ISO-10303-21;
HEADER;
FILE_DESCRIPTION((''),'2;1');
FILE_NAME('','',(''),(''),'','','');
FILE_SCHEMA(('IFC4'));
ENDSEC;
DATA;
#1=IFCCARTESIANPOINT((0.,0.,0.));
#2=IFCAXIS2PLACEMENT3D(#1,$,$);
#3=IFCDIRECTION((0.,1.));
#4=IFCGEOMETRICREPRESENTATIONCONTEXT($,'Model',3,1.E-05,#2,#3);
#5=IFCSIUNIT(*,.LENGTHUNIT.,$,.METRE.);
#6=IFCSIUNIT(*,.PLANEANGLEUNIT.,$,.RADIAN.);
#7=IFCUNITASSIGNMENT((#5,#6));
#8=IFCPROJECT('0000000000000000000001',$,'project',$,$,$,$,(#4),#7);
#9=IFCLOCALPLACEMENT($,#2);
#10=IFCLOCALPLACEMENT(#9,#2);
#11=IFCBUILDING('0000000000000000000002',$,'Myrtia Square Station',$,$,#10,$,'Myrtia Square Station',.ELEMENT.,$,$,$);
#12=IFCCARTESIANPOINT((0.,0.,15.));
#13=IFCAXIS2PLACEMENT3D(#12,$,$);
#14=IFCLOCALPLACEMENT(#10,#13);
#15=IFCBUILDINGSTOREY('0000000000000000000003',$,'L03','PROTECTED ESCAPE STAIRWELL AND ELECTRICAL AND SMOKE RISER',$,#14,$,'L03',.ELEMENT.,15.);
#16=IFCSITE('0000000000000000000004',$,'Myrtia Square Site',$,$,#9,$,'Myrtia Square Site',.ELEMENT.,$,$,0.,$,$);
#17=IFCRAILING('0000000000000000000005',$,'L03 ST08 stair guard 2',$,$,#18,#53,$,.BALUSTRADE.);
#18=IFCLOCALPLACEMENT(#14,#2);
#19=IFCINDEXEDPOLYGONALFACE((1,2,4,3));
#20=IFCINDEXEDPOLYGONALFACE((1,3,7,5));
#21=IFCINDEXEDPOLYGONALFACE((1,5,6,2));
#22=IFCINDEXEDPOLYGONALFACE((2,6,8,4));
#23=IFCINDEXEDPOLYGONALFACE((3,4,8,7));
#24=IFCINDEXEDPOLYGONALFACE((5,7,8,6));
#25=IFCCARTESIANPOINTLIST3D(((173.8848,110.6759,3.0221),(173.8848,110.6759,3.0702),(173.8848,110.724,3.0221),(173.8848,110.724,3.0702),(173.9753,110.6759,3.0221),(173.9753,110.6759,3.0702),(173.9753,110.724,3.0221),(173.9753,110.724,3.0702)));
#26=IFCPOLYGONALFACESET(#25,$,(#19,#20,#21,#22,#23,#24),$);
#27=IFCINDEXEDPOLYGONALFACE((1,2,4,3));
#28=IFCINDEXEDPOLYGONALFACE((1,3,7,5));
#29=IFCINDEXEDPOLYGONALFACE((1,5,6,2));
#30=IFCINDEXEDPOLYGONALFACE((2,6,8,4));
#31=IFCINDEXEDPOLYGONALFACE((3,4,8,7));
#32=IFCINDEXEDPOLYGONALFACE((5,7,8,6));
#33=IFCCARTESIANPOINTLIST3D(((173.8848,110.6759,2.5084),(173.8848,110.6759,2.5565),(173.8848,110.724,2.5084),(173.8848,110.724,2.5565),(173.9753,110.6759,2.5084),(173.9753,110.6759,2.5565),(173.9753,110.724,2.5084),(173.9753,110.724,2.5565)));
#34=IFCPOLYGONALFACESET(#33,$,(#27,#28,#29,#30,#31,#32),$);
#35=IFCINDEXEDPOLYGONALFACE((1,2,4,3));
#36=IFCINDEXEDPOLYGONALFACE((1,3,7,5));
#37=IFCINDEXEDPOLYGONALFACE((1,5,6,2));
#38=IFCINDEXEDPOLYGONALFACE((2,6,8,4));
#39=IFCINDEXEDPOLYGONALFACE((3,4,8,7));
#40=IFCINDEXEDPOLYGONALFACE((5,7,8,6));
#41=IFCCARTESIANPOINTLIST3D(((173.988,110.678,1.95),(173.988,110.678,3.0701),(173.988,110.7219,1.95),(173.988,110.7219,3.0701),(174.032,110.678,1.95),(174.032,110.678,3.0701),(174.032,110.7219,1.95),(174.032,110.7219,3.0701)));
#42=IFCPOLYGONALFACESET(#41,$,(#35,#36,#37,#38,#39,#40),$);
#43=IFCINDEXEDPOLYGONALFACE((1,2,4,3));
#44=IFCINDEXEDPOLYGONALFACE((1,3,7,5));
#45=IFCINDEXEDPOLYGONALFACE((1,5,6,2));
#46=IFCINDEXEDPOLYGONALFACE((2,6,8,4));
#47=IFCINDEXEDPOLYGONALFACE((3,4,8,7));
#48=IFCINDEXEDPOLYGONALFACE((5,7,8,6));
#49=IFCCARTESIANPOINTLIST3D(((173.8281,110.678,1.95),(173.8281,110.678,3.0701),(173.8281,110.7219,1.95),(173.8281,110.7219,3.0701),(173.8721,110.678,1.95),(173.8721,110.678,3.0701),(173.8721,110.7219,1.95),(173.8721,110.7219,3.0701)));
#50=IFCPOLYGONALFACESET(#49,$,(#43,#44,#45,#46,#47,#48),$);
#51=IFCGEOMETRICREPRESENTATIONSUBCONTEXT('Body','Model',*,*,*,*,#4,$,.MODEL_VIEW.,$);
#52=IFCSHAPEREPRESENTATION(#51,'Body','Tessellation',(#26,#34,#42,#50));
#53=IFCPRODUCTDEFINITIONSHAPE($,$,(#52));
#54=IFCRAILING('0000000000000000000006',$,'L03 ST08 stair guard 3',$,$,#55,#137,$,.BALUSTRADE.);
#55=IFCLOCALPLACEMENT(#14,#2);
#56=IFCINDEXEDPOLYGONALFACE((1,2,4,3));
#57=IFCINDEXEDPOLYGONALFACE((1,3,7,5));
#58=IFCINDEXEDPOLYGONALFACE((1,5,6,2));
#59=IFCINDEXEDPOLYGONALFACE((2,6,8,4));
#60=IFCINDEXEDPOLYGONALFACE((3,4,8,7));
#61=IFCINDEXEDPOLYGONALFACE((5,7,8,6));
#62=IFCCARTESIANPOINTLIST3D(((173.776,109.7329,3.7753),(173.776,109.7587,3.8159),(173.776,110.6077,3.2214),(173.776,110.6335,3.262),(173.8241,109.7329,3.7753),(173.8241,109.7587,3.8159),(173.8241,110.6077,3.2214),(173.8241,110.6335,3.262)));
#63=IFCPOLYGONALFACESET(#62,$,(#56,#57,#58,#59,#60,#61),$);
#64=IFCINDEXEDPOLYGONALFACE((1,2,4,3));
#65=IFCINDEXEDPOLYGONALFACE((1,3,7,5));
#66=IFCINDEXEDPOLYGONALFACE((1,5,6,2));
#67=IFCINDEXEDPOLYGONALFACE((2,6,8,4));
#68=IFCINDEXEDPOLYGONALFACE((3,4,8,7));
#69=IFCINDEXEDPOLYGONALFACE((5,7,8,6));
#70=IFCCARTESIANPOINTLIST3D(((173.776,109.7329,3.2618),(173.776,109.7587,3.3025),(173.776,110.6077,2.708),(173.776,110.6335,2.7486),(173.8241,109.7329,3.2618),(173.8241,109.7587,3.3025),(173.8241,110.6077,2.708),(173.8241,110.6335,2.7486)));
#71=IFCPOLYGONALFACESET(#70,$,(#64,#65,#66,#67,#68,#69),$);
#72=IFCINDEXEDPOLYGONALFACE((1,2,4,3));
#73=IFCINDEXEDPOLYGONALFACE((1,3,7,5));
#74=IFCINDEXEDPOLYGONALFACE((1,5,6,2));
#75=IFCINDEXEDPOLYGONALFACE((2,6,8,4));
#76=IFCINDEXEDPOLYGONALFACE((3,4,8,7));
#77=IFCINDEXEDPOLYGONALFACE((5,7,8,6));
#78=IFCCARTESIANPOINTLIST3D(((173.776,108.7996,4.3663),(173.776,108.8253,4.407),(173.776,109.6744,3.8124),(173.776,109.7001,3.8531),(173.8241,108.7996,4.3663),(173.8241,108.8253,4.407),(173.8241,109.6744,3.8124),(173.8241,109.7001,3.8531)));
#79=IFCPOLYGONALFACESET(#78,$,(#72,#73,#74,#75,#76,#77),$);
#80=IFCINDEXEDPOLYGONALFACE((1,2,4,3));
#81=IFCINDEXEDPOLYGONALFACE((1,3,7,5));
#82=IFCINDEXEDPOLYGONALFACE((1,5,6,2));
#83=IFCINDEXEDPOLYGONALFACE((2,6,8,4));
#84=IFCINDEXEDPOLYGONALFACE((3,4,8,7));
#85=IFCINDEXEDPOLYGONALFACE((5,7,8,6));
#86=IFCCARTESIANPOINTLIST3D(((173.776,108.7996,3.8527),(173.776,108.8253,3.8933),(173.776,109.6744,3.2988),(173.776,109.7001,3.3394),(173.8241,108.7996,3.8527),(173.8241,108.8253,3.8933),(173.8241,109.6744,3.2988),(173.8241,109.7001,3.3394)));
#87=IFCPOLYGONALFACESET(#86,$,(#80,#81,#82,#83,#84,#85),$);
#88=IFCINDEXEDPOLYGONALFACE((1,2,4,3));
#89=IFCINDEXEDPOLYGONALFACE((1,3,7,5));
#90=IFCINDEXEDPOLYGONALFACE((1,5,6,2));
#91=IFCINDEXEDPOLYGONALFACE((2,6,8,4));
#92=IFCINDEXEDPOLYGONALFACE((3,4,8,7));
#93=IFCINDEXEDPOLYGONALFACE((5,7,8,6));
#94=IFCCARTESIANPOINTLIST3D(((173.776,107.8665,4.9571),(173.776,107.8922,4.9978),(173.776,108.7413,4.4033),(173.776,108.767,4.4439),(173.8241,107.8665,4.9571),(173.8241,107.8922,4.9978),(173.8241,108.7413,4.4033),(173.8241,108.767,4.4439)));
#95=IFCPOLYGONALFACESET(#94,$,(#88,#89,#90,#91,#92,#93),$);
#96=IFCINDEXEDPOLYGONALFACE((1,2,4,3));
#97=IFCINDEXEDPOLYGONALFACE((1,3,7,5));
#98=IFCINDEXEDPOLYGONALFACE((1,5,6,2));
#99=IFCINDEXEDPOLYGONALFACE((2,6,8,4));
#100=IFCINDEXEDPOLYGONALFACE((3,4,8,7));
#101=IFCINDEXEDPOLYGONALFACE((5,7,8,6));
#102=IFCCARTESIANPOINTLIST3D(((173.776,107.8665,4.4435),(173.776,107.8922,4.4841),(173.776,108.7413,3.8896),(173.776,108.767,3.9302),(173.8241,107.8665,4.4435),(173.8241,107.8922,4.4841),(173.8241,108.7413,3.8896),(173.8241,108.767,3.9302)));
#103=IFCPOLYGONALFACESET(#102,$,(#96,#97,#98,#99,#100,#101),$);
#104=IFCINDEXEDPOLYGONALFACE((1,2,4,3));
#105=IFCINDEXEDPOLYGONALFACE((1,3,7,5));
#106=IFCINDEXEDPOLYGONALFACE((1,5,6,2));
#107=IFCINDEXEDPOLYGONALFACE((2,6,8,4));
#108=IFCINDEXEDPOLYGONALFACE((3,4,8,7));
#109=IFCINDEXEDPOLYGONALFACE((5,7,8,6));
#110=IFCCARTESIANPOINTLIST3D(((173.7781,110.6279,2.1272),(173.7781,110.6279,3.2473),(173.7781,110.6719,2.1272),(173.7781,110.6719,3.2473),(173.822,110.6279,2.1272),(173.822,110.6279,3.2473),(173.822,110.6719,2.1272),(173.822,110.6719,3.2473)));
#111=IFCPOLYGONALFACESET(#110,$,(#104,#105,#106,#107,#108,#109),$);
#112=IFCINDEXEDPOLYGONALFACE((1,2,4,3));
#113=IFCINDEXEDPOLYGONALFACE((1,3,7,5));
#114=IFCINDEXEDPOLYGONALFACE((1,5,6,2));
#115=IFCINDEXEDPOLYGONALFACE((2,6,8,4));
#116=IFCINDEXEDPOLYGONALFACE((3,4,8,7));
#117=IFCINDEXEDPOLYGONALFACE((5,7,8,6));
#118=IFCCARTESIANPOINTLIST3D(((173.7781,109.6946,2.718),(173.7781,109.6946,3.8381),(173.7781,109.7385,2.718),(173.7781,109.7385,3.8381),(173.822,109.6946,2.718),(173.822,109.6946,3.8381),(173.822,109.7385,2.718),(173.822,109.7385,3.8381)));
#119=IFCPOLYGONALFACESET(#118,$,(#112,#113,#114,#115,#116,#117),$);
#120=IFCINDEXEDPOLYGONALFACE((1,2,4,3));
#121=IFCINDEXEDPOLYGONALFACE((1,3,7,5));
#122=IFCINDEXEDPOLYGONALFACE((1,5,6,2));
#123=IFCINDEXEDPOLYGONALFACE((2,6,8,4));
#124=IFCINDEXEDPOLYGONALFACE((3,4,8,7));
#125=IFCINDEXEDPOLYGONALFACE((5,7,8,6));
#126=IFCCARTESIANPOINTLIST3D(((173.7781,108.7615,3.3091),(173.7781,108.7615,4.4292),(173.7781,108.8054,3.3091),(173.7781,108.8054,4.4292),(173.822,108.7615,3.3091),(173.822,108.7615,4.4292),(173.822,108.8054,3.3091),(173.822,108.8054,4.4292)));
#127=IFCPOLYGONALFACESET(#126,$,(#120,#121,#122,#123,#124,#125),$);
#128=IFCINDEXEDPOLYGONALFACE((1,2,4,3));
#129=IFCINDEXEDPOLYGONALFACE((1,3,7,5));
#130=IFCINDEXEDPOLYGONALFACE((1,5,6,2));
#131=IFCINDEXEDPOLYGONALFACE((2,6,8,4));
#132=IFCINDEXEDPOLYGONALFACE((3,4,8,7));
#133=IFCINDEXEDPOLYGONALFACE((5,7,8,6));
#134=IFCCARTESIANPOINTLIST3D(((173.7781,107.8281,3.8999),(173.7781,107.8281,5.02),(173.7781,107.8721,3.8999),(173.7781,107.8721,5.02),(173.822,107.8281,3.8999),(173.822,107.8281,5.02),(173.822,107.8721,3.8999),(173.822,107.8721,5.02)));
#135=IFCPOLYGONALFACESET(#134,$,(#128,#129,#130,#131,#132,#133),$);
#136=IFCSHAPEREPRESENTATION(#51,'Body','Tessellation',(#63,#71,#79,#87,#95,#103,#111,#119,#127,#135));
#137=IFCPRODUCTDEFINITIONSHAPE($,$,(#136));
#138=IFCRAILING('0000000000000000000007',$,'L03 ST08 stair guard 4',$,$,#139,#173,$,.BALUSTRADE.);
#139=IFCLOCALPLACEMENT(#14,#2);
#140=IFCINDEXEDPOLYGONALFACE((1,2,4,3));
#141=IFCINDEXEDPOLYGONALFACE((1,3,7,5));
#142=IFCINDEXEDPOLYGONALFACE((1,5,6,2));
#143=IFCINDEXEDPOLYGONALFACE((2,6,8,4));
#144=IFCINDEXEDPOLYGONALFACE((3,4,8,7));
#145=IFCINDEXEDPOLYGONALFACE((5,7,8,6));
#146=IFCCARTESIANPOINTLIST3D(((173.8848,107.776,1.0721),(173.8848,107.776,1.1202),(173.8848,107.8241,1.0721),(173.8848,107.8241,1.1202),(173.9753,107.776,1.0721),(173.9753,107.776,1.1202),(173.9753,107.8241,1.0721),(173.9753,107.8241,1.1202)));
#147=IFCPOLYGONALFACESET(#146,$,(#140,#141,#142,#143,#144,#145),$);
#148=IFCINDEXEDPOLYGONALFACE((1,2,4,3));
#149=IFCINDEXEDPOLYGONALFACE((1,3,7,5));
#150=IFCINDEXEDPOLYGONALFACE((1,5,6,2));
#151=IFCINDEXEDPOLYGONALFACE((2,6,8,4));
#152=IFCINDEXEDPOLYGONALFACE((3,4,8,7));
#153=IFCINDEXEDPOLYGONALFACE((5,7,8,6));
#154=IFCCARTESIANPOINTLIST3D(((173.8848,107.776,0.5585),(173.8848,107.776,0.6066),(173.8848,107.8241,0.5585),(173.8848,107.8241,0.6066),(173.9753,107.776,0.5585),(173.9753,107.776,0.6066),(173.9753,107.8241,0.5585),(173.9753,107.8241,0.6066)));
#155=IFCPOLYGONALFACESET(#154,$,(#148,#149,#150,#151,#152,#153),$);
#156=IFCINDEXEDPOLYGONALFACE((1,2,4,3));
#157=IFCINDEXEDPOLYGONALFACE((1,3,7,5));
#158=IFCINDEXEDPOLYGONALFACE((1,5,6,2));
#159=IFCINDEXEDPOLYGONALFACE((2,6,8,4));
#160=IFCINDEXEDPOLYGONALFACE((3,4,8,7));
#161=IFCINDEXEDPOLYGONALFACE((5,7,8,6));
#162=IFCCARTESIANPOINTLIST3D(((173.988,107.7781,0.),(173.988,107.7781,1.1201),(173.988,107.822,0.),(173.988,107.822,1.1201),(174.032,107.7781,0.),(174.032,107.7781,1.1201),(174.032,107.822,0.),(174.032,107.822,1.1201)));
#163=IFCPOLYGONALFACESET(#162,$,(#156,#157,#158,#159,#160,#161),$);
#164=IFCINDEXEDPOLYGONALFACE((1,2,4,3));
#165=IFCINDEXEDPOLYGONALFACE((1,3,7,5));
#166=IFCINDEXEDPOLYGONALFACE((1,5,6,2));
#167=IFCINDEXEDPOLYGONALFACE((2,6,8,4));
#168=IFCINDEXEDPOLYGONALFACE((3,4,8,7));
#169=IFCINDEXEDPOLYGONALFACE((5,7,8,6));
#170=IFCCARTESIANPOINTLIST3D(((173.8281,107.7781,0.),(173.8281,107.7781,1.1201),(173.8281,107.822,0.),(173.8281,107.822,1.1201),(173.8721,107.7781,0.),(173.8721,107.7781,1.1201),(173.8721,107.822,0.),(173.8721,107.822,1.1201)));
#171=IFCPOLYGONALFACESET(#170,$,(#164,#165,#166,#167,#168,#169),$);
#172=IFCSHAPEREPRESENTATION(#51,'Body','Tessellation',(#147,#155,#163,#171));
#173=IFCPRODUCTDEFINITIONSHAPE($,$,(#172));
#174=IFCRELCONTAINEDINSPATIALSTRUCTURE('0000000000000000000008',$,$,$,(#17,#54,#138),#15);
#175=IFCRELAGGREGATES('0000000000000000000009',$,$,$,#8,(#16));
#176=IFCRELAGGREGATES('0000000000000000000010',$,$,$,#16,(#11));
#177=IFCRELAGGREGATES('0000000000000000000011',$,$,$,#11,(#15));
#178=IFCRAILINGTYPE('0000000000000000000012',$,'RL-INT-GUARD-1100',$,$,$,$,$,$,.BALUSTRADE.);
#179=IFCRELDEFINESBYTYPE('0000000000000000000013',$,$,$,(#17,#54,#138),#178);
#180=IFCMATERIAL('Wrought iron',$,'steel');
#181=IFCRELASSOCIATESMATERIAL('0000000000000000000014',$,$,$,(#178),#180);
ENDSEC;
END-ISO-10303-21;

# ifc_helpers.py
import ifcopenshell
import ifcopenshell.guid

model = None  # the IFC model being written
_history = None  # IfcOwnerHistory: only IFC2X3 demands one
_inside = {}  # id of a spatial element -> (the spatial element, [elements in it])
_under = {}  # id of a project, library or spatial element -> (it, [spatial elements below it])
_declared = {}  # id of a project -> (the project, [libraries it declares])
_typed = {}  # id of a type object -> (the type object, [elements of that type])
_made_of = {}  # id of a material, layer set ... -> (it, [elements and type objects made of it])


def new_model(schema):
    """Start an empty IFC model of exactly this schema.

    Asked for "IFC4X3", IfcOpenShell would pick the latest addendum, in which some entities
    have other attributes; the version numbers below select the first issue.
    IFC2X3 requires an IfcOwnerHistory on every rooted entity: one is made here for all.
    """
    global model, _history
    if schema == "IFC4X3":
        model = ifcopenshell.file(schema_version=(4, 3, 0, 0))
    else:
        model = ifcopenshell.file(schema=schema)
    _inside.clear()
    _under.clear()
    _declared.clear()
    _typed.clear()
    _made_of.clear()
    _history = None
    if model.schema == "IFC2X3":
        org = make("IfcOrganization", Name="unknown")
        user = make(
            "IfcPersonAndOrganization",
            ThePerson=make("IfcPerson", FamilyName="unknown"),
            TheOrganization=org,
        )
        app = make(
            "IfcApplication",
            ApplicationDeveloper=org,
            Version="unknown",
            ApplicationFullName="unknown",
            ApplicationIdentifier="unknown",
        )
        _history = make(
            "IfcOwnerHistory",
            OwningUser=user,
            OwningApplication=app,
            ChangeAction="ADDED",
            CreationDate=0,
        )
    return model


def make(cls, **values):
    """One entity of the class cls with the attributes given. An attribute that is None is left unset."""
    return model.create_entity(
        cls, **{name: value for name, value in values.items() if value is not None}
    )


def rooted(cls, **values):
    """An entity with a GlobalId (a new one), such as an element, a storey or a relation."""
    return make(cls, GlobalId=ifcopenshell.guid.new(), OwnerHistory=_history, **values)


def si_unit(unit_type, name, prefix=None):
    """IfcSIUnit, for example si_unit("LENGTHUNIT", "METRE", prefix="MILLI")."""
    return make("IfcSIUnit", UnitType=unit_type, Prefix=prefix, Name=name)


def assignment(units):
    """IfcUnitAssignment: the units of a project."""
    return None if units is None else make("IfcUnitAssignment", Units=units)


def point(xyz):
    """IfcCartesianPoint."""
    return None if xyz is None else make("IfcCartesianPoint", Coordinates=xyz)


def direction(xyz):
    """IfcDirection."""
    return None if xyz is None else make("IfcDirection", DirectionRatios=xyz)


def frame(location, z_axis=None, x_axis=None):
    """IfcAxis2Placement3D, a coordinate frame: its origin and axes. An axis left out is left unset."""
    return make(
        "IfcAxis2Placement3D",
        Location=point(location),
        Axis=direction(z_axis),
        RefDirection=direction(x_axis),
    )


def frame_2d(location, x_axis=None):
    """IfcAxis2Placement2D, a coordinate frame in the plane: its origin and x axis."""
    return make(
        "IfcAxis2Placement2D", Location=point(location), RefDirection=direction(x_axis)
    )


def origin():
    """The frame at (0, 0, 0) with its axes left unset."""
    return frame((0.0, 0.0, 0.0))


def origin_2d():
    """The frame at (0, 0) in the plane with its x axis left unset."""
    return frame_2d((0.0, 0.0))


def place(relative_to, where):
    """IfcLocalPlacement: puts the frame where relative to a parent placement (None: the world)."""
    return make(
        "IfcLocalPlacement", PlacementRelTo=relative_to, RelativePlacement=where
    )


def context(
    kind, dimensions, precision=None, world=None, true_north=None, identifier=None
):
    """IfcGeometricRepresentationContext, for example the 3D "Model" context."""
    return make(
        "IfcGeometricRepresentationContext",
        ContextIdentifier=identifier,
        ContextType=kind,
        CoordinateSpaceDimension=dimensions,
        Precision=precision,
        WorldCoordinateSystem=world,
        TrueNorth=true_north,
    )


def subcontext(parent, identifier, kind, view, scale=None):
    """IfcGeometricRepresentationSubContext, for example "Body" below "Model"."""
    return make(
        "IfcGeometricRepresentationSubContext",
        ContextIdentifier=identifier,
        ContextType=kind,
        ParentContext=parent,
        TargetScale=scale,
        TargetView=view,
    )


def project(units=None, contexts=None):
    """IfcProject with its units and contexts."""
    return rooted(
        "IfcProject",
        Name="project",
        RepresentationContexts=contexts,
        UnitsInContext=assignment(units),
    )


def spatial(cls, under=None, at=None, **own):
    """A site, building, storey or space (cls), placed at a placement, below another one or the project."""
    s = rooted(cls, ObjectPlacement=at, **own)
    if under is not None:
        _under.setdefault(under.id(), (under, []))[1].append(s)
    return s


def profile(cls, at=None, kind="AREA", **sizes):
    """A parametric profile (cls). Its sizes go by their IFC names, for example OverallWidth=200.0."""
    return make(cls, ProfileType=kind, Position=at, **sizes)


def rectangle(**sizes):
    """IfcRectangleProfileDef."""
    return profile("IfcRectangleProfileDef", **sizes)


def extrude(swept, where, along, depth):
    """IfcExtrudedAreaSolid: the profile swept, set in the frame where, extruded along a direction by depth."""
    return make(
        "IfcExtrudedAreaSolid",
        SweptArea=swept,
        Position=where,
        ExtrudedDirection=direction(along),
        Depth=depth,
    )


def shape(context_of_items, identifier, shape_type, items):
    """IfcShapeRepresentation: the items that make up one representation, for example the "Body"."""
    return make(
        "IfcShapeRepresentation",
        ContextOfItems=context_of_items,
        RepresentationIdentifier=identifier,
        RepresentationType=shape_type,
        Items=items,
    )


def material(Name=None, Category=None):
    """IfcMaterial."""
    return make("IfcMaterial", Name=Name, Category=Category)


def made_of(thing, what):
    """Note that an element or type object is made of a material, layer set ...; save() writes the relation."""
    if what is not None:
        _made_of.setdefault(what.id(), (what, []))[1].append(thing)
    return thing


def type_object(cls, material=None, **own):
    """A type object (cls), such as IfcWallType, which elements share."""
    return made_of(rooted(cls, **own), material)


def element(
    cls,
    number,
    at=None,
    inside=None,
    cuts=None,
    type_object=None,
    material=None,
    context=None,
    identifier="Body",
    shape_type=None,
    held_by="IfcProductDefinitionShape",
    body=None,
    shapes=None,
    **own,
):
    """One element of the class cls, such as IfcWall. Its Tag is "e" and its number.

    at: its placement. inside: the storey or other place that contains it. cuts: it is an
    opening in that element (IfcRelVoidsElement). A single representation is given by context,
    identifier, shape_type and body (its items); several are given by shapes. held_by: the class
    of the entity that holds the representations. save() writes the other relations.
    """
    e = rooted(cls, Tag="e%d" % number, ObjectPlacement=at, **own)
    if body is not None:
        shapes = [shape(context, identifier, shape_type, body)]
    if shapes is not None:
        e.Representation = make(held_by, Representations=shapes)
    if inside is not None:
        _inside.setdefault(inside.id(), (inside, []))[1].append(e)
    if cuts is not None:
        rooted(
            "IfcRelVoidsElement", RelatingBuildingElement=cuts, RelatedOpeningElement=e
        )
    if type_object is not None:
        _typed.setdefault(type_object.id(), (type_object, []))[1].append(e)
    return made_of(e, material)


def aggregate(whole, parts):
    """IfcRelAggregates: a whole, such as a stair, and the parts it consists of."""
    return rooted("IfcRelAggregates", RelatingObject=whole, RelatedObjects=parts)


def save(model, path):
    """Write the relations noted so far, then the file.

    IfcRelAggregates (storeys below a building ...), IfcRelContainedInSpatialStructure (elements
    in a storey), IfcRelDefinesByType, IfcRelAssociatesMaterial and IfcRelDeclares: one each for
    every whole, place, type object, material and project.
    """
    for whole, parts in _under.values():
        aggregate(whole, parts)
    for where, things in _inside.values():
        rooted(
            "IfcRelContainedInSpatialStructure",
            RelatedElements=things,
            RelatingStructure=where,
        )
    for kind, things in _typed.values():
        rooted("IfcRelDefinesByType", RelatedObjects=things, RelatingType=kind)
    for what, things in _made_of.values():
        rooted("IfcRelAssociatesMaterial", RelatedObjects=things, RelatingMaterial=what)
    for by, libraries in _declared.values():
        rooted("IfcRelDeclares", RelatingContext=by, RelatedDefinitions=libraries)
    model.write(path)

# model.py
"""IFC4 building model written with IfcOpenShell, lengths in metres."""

from ifc_helpers import new_model, si_unit, direction, frame, origin, origin_2d, place, context, subcontext, project, spatial, rectangle, extrude, material, type_object, element, save


model = new_model("IFC4")

# Units and contexts
model_context = context("Model", 3, precision=1e-05, world=origin(), true_north=direction((0.0, 1.0)))
body_context = subcontext(model_context, "Body", "Model", "MODEL_VIEW")
ifc_project = project(units=[si_unit("LENGTHUNIT", "METRE"), si_unit("PLANEANGLEUNIT", "RADIAN")], contexts=[model_context])

# Site, building, storey
site_placement = place(None, origin())
site = spatial("IfcSite", under=ifc_project, at=site_placement, Name="Myrtia Square Site", LongName="Myrtia Square Site", CompositionType="ELEMENT", RefElevation=0.0)
building_placement = place(site_placement, origin())
building = spatial("IfcBuilding", under=site, at=building_placement, Name="Myrtia Square Station", LongName="Myrtia Square Station", CompositionType="ELEMENT")
storey_placement = place(building_placement, frame((0.0, 0.0, 15.0)))
storey = spatial("IfcBuildingStorey", under=building, at=storey_placement, Name="L03", Description="PROTECTED ESCAPE STAIRWELL AND ELECTRICAL AND SMOKE RISER", LongName="L03", CompositionType="ELEMENT", Elevation=15.0)

# Railings
ifc_material_1 = material(Name="Wrought iron", Category="steel")
railing_type_1 = type_object("IfcRailingType", Name="RL-INT-GUARD-1100", PredefinedType="BALUSTRADE", material=ifc_material_1)
railing_1_placement = place(storey_placement, frame((174.01, 110.7, 1.95)))
element("IfcRailing", 1, at=railing_1_placement, inside=storey, type_object=railing_type_1, Name="L03 ST08 stair guard 2", PredefinedType="BALUSTRADE", context=body_context, shape_type="SweptSolid", body=[
    extrude(rectangle(XDim=0.0481, YDim=0.0481, at=origin_2d()), frame((-0.0347, 0.0, 1.0962), z_axis=(-1.0, 0.0, 0.0), x_axis=(0.0, -1.0, 0.0)), (0.0, 0.0, 1.0), 0.0906),
    extrude(rectangle(XDim=0.0481, YDim=0.0481, at=origin_2d()), frame((-0.0347, 0.0, 0.5825), z_axis=(-1.0, 0.0, 0.0), x_axis=(0.0, -1.0, 0.0)), (0.0, 0.0, 1.0), 0.0906),
    extrude(rectangle(XDim=0.0439, YDim=0.0439, at=origin_2d()), origin(), (0.0, 0.0, 1.0), 1.1201),
    extrude(rectangle(XDim=0.0439, YDim=0.0439, at=origin_2d()), frame((-0.1599, 0.0, 0.0)), (0.0, 0.0, 1.0), 1.1201),
])
railing_2_placement = place(storey_placement, frame((173.8, 110.6499, 2.1272)))
element("IfcRailing", 2, at=railing_2_placement, inside=storey, type_object=railing_type_1, Name="L03 ST08 stair guard 3", PredefinedType="BALUSTRADE", context=body_context, shape_type="SweptSolid", body=[
    extrude(rectangle(XDim=0.0481, YDim=0.0481, at=origin_2d()), frame((0.0, -0.0293, 1.1145), z_axis=(0.0, -0.844888, 0.534943), x_axis=(1.0, 0.0, 0.0)), (0.0, 0.0, 1.0), 1.0354),
    extrude(rectangle(XDim=0.0481, YDim=0.0481, at=origin_2d()), frame((0.0, -0.0293, 0.6011), z_axis=(0.0, -0.844888, 0.534943), x_axis=(1.0, 0.0, 0.0)), (0.0, 0.0, 1.0), 1.0354),
    extrude(rectangle(XDim=0.0481, YDim=0.0481, at=origin_2d()), frame((0.0, -0.9626, 1.7056), z_axis=(0.0, -0.844888, 0.534943), x_axis=(1.0, 0.0, 0.0)), (0.0, 0.0, 1.0), 1.0354),
    extrude(rectangle(XDim=0.0481, YDim=0.0481, at=origin_2d()), frame((0.0, -0.9626, 1.1919), z_axis=(0.0, -0.844888, 0.534943), x_axis=(1.0, 0.0, 0.0)), (0.0, 0.0, 1.0), 1.0354),
    extrude(rectangle(XDim=0.0481, YDim=0.0481, at=origin_2d()), frame((0.0, -1.8958, 2.2964), z_axis=(0.0, -0.844888, 0.534943), x_axis=(1.0, 0.0, 0.0)), (0.0, 0.0, 1.0), 1.0354),
    extrude(rectangle(XDim=0.0481, YDim=0.0481, at=origin_2d()), frame((0.0, -1.8958, 1.7827), z_axis=(0.0, -0.844888, 0.534943), x_axis=(1.0, 0.0, 0.0)), (0.0, 0.0, 1.0), 1.0354),
    extrude(rectangle(XDim=0.0439, YDim=0.0439, at=origin_2d()), origin(), (0.0, 0.0, 1.0), 1.1201),
    extrude(rectangle(XDim=0.0439, YDim=0.0439, at=origin_2d()), frame((0.0, -0.9333, 0.5908)), (0.0, 0.0, 1.0), 1.1201),
    extrude(rectangle(XDim=0.0439, YDim=0.0439, at=origin_2d()), frame((0.0, -1.8665, 1.1819)), (0.0, 0.0, 1.0), 1.1201),
    extrude(rectangle(XDim=0.0439, YDim=0.0439, at=origin_2d()), frame((0.0, -2.7998, 1.7727)), (0.0, 0.0, 1.0), 1.1201),
])
railing_3_placement = place(storey_placement, frame((174.01, 107.8, 0.0)))
element("IfcRailing", 3, at=railing_3_placement, inside=storey, type_object=railing_type_1, Name="L03 ST08 stair guard 4", PredefinedType="BALUSTRADE", context=body_context, shape_type="SweptSolid", body=[
    extrude(rectangle(XDim=0.0481, YDim=0.0481, at=origin_2d()), frame((-0.0347, 0.0, 1.0962), z_axis=(-1.0, 0.0, 0.0), x_axis=(0.0, -1.0, 0.0)), (0.0, 0.0, 1.0), 0.0906),
    extrude(rectangle(XDim=0.0481, YDim=0.0481, at=origin_2d()), frame((-0.0347, 0.0, 0.5825), z_axis=(-1.0, 0.0, 0.0), x_axis=(0.0, -1.0, 0.0)), (0.0, 0.0, 1.0), 0.0906),
    extrude(rectangle(XDim=0.0439, YDim=0.0439, at=origin_2d()), origin(), (0.0, 0.0, 1.0), 1.1201),
    extrude(rectangle(XDim=0.0439, YDim=0.0439, at=origin_2d()), frame((-0.1599, 0.0, 0.0)), (0.0, 0.0, 1.0), 1.1201),
])

save(model, "model.ifc")
